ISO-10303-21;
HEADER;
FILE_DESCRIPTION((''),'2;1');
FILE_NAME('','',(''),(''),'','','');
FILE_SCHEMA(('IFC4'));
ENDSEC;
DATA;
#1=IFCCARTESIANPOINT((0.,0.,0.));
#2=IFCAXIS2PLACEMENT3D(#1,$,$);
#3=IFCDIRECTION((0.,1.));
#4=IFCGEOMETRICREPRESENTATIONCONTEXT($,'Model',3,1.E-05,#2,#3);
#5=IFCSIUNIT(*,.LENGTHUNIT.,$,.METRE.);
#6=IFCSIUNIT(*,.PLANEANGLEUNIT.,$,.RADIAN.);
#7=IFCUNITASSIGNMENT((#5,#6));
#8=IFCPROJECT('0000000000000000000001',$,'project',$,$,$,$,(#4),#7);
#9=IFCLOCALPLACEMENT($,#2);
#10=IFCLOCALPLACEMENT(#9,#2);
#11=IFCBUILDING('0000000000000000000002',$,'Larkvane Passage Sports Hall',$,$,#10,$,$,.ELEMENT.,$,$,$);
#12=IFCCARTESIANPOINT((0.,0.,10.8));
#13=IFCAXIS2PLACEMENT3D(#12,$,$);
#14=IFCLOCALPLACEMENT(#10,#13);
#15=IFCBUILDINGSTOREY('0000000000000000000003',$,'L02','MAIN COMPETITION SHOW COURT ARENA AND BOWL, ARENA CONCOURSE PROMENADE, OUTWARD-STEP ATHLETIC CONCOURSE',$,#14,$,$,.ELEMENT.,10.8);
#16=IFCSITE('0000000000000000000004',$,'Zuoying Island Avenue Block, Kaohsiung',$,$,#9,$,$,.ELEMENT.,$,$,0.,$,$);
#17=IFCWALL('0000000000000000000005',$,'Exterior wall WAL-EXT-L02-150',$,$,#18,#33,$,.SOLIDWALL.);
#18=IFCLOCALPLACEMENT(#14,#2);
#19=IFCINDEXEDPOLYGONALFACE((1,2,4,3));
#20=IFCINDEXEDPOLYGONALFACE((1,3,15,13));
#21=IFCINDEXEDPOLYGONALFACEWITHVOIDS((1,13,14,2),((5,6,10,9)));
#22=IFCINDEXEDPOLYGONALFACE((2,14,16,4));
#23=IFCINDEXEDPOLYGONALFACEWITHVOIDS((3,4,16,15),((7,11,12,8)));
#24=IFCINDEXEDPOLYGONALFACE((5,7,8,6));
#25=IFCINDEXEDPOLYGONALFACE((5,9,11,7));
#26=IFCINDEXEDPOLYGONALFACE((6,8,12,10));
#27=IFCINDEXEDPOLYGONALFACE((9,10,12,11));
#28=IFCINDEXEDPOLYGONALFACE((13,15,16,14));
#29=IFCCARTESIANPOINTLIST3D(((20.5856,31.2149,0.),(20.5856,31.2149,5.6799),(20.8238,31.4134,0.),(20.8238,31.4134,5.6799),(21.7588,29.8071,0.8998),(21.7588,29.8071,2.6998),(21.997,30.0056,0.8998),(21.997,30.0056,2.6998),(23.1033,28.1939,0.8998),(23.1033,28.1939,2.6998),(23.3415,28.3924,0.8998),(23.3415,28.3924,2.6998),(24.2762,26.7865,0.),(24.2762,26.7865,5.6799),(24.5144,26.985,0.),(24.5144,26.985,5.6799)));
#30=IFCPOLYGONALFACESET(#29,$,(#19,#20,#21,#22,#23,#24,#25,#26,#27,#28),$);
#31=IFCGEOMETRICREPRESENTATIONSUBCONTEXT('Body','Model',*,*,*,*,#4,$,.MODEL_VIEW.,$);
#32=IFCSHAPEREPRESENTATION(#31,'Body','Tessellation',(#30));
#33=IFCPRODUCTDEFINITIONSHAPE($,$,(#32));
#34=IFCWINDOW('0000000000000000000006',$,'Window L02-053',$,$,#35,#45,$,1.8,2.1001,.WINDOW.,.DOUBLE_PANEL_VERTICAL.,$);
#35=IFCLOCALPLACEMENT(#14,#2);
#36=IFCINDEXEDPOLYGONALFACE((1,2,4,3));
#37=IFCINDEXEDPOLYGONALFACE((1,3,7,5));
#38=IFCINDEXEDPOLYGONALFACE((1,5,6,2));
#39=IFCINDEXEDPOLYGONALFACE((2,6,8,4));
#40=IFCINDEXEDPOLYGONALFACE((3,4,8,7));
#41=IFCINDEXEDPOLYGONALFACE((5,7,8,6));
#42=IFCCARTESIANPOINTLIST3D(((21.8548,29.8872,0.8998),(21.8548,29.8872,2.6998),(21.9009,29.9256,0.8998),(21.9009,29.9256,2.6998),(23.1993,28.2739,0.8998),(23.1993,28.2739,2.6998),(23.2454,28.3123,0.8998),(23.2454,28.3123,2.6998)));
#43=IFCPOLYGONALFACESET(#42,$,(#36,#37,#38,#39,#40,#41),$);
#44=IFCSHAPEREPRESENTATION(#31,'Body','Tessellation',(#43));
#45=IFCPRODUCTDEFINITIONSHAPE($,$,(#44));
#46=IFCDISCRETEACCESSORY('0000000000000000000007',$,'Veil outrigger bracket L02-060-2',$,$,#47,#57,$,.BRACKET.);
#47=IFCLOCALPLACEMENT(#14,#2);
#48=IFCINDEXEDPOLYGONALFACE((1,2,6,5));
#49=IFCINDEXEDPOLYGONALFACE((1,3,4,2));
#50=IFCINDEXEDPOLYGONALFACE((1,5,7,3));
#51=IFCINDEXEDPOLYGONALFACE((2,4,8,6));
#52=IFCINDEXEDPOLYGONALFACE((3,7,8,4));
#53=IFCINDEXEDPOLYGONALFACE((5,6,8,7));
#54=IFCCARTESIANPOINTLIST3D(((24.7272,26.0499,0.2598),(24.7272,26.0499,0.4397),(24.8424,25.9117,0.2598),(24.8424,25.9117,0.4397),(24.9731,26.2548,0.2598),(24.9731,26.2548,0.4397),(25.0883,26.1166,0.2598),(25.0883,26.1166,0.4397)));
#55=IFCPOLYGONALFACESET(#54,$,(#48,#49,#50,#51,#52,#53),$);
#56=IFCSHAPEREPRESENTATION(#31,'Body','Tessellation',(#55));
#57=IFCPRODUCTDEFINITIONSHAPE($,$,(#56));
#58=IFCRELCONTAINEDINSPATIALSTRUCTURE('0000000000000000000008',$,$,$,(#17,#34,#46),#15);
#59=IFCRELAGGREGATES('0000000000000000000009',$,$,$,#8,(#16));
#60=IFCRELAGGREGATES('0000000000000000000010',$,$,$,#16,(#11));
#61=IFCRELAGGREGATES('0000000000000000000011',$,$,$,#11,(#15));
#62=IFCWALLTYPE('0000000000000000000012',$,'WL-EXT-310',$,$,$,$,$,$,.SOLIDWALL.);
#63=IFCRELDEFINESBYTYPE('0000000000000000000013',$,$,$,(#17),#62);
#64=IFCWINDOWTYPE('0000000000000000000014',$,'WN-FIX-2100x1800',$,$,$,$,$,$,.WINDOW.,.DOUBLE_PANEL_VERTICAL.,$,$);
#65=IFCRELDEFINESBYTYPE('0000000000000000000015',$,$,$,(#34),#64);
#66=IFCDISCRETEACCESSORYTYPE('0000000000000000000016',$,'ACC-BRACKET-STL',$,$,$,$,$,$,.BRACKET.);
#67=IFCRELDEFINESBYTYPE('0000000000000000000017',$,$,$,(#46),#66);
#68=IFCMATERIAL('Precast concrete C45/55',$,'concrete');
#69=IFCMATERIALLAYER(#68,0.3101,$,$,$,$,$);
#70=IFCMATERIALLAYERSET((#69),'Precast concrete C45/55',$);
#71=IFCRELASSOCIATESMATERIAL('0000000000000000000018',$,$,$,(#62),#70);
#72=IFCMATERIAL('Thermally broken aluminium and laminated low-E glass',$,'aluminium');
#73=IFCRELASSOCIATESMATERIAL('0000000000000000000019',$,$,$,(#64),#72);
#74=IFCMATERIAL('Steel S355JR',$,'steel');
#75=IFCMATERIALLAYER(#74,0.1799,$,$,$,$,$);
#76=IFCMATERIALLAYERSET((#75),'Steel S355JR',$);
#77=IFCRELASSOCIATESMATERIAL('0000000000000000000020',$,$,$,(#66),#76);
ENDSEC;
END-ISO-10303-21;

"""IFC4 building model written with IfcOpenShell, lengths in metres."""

from ifc_helpers import new_model, si_unit, direction, frame, frame_2d, origin, origin_2d, place, context, subcontext, project, spatial, rectangle, extrude, material, layer, layer_set, type_object, element, fill, save


model = new_model("IFC4")

# Units and contexts
model_context = context("Model", 3, precision=1e-05, world=origin(), true_north=direction((0.0, 1.0)))
body_context = subcontext(model_context, "Body", "Model", "MODEL_VIEW")
ifc_project = project(units=[si_unit("LENGTHUNIT", "METRE"), si_unit("PLANEANGLEUNIT", "RADIAN")], contexts=[model_context])

# Site, building, storey
site_placement = place(None, origin())
site = spatial("IfcSite", under=ifc_project, at=site_placement, Name="Zuoying Island Avenue Block, Kaohsiung", CompositionType="ELEMENT", RefElevation=0.0)
building_placement = place(site_placement, origin())
building = spatial("IfcBuilding", under=site, at=building_placement, Name="Larkvane Passage Sports Hall", CompositionType="ELEMENT")
storey_placement = place(building_placement, frame((0.0, 0.0, 10.8)))
storey = spatial("IfcBuildingStorey", under=building, at=storey_placement, Name="L02", Description="MAIN COMPETITION SHOW COURT ARENA AND BOWL, ARENA CONCOURSE PROMENADE, OUTWARD-STEP ATHLETIC CONCOURSE", CompositionType="ELEMENT", Elevation=10.8)

# Wall, opening, window
ifc_material_1 = material(Name="Precast concrete C45/55", Category="concrete")
ifc_layer_1 = layer(ifc_material_1, 0.3101)
ifc_layer_set_1 = layer_set([ifc_layer_1], Name="Precast concrete C45/55")
wall_type = type_object("IfcWallType", Name="WL-EXT-310", PredefinedType="SOLIDWALL", material=ifc_layer_set_1)
wall_placement = place(storey_placement, frame((24.3953, 26.8857, 0.0), z_axis=(0.0, 0.0, 1.0), x_axis=(-0.640214, 0.768197, 0.0)))
wall = element("IfcWall", 1, at=wall_placement, inside=storey, type_object=wall_type, Name="Exterior wall WAL-EXT-L02-150", PredefinedType="SOLIDWALL", context=body_context, shape_type="SweptSolid", body=[
    extrude(rectangle(XDim=5.7646, YDim=0.3101, at=frame_2d((2.8823, 0.0))), origin(), (0.0, 0.0, 1.0), 5.6799),
])
opening_placement = place(wall_placement, frame((1.832, 0.0, 0.8999)))
opening = element("IfcOpeningElement", 2, at=opening_placement, cuts=wall, PredefinedType="OPENING", context=body_context, shape_type="SweptSolid", body=[
    extrude(rectangle(XDim=2.1001, YDim=1.8, at=frame_2d((1.05, 0.8999))), frame((0.0, 0.165, 0.0), z_axis=(0.0, -1.0, 0.0), x_axis=(1.0, 0.0, 0.0)), (0.0, 0.0, 1.0), 0.3301),
])
ifc_material_2 = material(Name="Thermally broken aluminium and laminated low-E glass", Category="aluminium")
window_type = type_object("IfcWindowType", Name="WN-FIX-2100x1800", PartitioningType="DOUBLE_PANEL_VERTICAL", PredefinedType="WINDOW", material=ifc_material_2)
window_placement = place(opening_placement, origin())
window = element("IfcWindow", 3, at=window_placement, inside=storey, type_object=window_type, Name="Window L02-053", OverallHeight=1.8, OverallWidth=2.1001, PartitioningType="DOUBLE_PANEL_VERTICAL", PredefinedType="WINDOW", context=body_context, shape_type="SweptSolid", body=[
    extrude(rectangle(XDim=2.1001, YDim=1.8, at=frame_2d((1.05, 0.8999))), frame((0.0, 0.03, 0.0), z_axis=(0.0, -1.0, 0.0), x_axis=(1.0, 0.0, 0.0)), (0.0, 0.0, 1.0), 0.0601),
])
fill(opening, window)

# Discrete accessory
ifc_material_3 = material(Name="Steel S355JR", Category="steel")
ifc_layer_2 = layer(ifc_material_3, 0.1799)
ifc_layer_set_2 = layer_set([ifc_layer_2], Name="Steel S355JR")
discrete_accessory_type = type_object("IfcDiscreteAccessoryType", Name="ACC-BRACKET-STL", PredefinedType="BRACKET", material=ifc_layer_set_2)
discrete_accessory_placement = place(storey_placement, frame((24.9077, 26.0833, 0.2598), z_axis=(0.0, 0.0, 1.0), x_axis=(-0.640184, 0.768221, 0.0)))
element("IfcDiscreteAccessory", 4, at=discrete_accessory_placement, inside=storey, type_object=discrete_accessory_type, Name="Veil outrigger bracket L02-060-2", PredefinedType="BRACKET", context=body_context, shape_type="SweptSolid", body=[
    extrude(rectangle(XDim=0.1799, YDim=0.3201, at=origin_2d()), origin(), (0.0, 0.0, 1.0), 0.1799),
])

save(model, "model.ifc")
